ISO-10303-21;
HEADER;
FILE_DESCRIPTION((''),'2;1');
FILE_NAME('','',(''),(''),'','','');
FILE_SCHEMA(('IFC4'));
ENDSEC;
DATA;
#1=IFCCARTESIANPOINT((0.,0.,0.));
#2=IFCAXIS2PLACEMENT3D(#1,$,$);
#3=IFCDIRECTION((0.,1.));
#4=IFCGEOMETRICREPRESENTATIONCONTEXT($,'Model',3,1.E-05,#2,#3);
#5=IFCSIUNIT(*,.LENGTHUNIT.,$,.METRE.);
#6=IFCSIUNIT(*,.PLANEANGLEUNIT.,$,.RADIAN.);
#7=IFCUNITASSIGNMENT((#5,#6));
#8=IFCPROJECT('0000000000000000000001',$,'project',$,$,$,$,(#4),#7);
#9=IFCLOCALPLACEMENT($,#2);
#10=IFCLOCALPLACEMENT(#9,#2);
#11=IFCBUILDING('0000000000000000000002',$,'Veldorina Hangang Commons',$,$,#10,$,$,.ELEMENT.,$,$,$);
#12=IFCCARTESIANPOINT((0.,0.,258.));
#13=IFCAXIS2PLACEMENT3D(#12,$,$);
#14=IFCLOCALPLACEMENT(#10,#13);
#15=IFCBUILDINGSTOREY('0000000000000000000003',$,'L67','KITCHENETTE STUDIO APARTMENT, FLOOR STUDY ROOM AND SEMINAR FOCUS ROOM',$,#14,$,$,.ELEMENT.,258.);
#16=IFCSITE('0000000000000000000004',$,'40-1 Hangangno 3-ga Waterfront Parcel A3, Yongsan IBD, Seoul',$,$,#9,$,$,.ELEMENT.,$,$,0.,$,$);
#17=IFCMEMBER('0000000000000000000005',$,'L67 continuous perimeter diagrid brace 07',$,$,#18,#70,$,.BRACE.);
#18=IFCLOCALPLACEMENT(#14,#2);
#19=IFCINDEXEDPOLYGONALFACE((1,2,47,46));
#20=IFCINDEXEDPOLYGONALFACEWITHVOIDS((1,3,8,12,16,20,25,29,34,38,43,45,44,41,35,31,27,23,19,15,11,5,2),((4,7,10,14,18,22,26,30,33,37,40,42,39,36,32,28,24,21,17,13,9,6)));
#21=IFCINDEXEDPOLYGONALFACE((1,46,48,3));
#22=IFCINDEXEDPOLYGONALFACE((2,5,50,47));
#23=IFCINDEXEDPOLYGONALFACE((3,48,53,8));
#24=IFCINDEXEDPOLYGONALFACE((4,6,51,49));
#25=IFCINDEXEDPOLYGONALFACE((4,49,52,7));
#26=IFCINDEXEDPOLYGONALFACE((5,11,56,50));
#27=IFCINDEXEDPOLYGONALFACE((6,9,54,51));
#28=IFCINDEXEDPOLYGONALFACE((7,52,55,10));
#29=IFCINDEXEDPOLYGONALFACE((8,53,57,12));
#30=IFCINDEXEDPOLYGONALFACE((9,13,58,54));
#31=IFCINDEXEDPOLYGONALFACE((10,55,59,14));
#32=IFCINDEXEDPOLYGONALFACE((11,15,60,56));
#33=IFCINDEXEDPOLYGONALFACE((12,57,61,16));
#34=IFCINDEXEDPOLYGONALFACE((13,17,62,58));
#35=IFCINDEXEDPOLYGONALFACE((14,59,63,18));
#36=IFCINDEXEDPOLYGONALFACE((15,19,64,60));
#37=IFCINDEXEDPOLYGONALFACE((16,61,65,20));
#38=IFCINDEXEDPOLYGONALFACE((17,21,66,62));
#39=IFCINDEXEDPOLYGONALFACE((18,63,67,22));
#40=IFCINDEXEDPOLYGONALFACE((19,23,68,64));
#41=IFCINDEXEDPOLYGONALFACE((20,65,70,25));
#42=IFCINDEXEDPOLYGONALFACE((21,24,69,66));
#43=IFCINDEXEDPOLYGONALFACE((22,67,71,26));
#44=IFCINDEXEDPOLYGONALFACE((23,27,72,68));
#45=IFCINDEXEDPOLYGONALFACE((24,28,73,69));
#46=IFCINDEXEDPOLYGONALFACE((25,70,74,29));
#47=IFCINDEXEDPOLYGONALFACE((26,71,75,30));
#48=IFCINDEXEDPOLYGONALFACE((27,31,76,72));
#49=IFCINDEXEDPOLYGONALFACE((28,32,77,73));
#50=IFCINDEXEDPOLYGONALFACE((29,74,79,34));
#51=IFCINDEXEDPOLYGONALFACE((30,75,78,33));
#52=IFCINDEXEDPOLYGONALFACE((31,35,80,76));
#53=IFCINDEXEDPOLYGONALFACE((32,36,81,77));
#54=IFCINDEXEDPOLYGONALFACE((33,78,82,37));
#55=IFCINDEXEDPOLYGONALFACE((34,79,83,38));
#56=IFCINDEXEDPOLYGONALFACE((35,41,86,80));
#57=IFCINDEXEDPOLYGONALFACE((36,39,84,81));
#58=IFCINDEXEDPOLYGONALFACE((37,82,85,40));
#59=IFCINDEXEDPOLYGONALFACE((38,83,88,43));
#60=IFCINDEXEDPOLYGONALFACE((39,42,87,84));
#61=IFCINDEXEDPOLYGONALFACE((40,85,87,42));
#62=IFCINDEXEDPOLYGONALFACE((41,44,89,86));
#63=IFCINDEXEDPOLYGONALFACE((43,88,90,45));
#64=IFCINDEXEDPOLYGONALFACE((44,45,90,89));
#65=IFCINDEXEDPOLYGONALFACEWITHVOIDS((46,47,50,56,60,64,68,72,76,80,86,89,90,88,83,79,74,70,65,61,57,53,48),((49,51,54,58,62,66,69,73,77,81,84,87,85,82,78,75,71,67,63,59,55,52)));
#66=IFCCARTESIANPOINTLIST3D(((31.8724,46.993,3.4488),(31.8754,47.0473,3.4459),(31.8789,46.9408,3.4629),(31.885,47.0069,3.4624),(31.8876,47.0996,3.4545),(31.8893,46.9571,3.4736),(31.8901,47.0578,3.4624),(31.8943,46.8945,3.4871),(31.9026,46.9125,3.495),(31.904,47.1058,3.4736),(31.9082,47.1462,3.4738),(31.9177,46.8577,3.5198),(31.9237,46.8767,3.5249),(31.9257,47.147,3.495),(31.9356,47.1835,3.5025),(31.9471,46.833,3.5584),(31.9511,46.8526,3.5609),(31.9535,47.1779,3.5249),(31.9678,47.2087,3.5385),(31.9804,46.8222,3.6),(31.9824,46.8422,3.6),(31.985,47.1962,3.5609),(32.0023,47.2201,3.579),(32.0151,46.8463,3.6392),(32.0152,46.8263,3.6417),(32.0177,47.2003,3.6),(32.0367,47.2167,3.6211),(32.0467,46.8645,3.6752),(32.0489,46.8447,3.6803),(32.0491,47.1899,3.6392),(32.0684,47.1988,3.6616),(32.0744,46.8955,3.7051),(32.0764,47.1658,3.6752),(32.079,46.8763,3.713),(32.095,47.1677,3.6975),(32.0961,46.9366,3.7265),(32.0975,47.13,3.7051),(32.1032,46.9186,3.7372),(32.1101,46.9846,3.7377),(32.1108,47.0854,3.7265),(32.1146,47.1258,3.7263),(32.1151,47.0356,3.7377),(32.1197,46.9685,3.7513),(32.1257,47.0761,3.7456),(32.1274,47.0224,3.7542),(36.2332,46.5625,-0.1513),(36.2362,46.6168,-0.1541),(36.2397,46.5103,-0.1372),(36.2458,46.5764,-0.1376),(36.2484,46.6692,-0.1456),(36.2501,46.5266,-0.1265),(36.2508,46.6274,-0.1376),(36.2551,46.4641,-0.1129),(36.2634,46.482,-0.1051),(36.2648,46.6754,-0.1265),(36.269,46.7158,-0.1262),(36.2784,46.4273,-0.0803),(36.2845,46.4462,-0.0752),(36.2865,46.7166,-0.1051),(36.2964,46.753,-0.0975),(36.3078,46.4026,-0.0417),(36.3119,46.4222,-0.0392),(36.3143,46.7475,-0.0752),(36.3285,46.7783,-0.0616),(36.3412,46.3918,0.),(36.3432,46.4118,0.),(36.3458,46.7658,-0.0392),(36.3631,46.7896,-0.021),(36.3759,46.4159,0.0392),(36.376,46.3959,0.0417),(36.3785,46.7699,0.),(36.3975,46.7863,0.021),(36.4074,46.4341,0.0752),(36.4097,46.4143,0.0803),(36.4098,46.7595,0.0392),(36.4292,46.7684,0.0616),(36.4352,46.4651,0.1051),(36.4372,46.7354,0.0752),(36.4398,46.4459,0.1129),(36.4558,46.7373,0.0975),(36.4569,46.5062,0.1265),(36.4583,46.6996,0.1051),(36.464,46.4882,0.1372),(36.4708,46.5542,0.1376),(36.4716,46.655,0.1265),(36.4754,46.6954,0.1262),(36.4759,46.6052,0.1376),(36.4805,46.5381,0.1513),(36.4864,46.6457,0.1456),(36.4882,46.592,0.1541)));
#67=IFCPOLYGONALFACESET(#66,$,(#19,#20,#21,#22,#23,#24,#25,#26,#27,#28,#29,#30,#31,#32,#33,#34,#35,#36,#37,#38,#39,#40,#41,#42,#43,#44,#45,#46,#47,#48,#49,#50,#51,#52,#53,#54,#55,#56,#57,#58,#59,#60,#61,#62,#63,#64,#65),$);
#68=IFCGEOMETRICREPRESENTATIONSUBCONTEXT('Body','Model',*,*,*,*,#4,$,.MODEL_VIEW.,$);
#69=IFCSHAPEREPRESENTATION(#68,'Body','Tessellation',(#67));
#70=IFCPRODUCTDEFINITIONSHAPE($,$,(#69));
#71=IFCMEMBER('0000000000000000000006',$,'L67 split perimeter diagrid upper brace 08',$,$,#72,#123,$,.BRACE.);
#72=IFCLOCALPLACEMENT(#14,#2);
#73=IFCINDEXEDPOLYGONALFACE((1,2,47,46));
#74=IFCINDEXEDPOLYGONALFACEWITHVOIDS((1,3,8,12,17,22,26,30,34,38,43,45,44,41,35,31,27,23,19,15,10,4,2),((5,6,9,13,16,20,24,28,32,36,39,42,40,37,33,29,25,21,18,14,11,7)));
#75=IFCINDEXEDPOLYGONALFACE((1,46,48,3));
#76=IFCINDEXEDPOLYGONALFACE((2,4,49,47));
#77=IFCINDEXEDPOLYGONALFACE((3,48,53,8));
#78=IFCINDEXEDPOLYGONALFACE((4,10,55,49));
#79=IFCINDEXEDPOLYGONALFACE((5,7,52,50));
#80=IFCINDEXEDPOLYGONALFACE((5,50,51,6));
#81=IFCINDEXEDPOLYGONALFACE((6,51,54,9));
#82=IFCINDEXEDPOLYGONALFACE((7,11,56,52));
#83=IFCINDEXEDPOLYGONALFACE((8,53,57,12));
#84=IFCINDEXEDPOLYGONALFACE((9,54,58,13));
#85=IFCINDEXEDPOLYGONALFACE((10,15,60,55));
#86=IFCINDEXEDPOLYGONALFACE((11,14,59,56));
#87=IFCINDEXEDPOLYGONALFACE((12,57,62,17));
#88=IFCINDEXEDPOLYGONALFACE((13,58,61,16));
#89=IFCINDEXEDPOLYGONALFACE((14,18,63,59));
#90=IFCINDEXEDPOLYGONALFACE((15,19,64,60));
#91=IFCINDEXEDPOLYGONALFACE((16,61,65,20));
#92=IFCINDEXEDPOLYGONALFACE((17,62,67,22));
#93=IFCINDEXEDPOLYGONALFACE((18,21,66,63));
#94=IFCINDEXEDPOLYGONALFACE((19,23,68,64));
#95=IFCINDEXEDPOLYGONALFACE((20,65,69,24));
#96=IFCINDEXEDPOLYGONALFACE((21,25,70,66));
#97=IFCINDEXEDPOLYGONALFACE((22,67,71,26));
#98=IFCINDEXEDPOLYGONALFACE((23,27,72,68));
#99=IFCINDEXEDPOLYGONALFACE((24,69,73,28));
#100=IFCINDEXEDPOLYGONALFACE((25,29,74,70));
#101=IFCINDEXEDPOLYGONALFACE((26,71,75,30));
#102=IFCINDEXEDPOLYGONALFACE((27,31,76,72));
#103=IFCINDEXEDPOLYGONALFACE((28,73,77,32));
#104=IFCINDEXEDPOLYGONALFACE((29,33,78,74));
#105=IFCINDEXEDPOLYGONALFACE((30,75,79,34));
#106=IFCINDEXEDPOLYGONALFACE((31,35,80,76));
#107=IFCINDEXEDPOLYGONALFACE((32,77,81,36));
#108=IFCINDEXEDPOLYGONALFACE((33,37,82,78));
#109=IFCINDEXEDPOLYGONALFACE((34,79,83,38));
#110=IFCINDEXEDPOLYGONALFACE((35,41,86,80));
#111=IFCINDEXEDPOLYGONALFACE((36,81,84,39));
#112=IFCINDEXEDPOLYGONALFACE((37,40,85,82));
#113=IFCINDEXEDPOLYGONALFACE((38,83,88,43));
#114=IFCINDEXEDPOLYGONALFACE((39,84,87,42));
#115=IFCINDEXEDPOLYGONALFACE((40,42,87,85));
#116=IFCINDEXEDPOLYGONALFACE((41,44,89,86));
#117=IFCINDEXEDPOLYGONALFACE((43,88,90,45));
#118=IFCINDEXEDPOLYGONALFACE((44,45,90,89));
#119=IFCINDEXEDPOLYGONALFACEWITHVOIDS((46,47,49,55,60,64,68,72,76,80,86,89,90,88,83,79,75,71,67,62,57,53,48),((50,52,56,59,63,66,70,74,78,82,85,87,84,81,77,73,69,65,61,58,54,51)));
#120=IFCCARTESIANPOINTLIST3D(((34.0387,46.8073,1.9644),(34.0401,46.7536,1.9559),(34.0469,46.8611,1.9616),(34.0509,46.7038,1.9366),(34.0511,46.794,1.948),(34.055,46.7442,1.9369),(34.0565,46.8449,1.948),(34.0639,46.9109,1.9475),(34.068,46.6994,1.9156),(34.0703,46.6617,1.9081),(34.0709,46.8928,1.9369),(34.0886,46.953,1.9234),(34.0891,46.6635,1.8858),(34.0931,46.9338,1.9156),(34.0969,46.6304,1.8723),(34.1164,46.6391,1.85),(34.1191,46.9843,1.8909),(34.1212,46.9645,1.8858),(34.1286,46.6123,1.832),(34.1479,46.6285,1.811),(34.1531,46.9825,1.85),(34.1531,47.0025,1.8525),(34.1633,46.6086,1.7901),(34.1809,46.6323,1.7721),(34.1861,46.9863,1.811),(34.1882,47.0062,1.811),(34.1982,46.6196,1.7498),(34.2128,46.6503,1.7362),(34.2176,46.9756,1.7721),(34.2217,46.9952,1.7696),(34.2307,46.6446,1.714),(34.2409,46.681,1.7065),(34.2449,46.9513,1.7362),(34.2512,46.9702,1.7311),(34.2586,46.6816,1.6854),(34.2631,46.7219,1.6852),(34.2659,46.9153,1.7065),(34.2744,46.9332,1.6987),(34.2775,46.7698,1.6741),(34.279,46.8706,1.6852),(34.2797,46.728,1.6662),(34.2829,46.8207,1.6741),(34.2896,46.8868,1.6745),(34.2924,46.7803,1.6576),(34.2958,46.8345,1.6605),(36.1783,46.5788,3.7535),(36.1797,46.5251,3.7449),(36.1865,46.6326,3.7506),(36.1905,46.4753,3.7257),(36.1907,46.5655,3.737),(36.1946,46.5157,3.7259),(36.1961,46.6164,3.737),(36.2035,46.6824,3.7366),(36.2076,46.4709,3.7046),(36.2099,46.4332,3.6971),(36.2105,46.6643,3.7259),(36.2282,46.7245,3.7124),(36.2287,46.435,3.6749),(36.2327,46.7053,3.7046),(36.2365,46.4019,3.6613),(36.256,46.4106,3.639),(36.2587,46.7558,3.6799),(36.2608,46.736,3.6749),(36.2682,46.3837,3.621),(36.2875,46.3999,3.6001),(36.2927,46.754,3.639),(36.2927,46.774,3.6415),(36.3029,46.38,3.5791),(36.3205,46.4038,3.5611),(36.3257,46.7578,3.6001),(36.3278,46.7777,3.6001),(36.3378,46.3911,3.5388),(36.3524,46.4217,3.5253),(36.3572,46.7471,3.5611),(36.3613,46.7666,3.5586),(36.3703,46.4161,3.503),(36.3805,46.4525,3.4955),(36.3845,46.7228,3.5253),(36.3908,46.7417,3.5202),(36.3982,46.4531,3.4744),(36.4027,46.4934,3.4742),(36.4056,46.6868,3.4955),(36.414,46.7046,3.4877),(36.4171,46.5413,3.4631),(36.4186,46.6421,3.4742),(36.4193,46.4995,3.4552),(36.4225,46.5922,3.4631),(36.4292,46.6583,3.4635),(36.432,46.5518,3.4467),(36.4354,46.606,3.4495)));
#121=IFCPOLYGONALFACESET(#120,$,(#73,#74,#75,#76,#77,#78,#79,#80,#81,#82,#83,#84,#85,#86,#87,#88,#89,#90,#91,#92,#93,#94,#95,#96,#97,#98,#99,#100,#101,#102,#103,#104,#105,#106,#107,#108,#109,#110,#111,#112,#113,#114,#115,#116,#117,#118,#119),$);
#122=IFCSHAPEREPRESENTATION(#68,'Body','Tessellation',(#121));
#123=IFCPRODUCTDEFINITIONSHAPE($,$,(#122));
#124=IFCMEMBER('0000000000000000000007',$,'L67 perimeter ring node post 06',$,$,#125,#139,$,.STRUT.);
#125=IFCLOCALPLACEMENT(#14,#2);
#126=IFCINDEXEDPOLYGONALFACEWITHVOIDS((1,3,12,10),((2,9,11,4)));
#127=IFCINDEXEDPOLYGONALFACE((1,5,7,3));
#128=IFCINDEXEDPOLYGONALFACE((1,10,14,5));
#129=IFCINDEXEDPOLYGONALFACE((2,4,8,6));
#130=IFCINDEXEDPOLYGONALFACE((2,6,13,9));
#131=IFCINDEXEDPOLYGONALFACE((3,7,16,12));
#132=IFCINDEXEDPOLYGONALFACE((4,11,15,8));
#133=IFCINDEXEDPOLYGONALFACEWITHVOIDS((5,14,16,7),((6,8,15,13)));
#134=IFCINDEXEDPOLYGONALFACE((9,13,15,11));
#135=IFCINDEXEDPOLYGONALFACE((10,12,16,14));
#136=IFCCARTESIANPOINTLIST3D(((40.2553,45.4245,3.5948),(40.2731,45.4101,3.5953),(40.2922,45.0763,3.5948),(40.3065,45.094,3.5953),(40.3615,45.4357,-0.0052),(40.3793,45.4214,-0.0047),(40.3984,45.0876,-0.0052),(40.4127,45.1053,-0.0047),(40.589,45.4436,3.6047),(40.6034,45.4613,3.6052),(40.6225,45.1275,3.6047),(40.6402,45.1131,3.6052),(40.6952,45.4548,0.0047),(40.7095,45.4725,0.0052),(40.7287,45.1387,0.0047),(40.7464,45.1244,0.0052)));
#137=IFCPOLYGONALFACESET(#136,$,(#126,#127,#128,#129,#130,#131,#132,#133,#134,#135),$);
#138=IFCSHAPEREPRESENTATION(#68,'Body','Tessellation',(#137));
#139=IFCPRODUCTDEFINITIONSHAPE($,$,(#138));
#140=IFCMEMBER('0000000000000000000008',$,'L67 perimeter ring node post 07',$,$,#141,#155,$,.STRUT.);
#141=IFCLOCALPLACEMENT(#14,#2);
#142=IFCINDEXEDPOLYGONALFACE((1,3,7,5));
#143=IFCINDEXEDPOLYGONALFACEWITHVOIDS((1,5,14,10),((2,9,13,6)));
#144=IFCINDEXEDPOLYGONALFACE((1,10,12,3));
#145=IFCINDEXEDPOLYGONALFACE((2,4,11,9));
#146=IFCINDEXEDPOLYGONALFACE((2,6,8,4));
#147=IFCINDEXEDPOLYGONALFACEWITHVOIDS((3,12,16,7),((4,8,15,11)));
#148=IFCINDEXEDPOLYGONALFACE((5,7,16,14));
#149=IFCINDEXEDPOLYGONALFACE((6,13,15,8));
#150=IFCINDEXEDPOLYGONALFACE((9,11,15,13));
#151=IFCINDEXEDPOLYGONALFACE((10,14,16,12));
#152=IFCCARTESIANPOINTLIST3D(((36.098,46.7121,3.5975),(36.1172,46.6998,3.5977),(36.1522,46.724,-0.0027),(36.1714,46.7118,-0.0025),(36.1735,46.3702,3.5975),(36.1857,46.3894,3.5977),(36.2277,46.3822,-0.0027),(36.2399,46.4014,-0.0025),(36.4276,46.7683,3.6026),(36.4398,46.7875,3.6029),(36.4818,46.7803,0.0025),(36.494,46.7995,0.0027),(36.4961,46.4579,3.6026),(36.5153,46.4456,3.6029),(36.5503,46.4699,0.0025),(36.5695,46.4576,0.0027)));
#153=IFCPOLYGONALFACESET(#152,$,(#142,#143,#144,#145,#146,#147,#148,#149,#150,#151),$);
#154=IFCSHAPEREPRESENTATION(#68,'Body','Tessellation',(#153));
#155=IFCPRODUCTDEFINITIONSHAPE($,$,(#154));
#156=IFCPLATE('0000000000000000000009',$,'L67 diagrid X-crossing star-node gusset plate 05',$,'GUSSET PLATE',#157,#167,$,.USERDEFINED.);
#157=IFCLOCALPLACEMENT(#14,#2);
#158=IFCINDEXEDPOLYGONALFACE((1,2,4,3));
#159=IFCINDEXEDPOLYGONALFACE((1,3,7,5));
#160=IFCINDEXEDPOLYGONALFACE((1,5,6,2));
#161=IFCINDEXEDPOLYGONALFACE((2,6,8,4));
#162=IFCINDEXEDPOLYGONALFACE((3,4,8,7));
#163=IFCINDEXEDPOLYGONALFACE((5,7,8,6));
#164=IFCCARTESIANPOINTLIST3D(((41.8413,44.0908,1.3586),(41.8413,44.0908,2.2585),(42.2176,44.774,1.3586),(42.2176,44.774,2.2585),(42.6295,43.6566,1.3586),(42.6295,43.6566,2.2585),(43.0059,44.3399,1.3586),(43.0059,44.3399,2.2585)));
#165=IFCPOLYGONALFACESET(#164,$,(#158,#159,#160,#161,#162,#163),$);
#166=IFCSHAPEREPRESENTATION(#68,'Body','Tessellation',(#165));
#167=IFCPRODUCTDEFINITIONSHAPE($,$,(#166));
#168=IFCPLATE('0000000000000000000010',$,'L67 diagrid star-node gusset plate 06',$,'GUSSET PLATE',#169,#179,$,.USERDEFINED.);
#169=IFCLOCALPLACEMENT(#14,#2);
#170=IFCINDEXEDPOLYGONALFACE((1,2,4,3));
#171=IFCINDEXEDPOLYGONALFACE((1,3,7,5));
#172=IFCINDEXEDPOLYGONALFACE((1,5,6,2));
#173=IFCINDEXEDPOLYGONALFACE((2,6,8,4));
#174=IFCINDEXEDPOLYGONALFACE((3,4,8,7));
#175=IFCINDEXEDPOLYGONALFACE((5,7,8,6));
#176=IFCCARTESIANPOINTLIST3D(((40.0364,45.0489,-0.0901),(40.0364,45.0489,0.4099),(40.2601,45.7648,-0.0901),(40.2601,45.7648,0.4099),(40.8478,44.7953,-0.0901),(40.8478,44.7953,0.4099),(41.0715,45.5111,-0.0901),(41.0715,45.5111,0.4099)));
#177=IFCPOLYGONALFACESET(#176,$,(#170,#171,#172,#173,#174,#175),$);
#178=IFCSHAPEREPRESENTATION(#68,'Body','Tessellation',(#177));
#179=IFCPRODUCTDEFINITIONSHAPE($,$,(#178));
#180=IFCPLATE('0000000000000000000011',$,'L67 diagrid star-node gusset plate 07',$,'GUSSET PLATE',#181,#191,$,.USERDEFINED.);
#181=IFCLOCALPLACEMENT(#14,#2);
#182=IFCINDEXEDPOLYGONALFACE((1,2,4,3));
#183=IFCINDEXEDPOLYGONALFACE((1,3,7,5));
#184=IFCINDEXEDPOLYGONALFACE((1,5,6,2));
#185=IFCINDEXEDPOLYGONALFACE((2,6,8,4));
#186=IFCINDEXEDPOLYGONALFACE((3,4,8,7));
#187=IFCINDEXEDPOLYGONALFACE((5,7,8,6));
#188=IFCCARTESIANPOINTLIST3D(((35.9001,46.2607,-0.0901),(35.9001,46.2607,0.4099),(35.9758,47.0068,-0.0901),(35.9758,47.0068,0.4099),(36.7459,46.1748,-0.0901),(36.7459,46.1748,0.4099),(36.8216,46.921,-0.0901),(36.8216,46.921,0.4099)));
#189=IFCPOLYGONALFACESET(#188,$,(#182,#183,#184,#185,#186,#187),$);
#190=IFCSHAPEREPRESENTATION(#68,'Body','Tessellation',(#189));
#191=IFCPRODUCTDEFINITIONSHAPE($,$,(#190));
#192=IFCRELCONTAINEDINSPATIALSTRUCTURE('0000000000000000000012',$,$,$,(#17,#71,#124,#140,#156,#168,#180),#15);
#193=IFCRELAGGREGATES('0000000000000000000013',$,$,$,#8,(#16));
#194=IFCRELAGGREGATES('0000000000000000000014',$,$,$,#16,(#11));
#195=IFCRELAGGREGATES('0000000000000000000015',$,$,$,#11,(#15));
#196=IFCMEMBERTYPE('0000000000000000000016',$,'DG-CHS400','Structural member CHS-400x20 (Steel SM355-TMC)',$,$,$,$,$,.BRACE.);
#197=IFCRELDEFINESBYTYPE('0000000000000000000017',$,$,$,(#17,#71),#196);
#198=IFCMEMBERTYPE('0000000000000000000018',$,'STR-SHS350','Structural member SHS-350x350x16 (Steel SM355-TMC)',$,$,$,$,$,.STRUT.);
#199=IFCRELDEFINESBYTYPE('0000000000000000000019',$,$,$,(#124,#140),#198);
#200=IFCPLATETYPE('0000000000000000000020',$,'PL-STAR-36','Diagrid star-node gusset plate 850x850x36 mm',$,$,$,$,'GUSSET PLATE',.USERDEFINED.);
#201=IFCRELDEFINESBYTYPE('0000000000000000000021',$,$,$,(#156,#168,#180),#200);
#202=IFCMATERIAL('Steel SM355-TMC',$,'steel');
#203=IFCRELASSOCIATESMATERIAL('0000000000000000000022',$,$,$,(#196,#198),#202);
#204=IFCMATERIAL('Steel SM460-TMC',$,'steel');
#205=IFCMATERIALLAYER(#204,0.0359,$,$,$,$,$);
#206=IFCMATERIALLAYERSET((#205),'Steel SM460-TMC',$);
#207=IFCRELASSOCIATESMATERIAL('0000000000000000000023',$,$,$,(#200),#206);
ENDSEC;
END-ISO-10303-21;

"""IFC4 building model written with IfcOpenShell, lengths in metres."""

from ifc_helpers import new_model, si_unit, direction, frame, origin, origin_2d, place, context, subcontext, project, spatial, rectangle, hollow_rectangle, hollow_circle, extrude, material, layer, layer_set, material_profile, profile_set, type_object, element, save


model = new_model("IFC4")

# Units and contexts
model_context = context("Model", 3, precision=1e-05, world=origin(), true_north=direction((0.0, 1.0)))
body_context = subcontext(model_context, "Body", "Model", "MODEL_VIEW")
ifc_project = project(units=[si_unit("LENGTHUNIT", "METRE"), si_unit("PLANEANGLEUNIT", "RADIAN")], contexts=[model_context])

# Site, building, storey
site_placement = place(None, origin())
site = spatial("IfcSite", under=ifc_project, at=site_placement, Name="40-1 Hangangno 3-ga Waterfront Parcel A3, Yongsan IBD, Seoul", CompositionType="ELEMENT", RefElevation=0.0)
building_placement = place(site_placement, origin())
building = spatial("IfcBuilding", under=site, at=building_placement, Name="Veldorina Hangang Commons", CompositionType="ELEMENT")
storey_placement = place(building_placement, frame((0.0, 0.0, 258.0)))
storey = spatial("IfcBuildingStorey", under=building, at=storey_placement, Name="L67", Description="KITCHENETTE STUDIO APARTMENT, FLOOR STUDY ROOM AND SEMINAR FOCUS ROOM", CompositionType="ELEMENT", Elevation=258.0)

# Shared definitions
ifc_material_1 = material(Name="Steel SM355-TMC", Category="steel")

# Members
ifc_material_profile_1 = material_profile(ifc_material_1, hollow_circle(Radius=0.2, WallThickness=0.02, at=origin_2d()), Name="CHS-400x20")
ifc_profile_set_1 = profile_set([ifc_material_profile_1], Name="Steel SM355-TMC")
member_type_1 = type_object("IfcMemberType", Name="DG-CHS400", Description="Structural member CHS-400x20 (Steel SM355-TMC)", PredefinedType="BRACE", material=ifc_profile_set_1)
member_1_placement = place(storey_placement, frame((36.3608, 46.5908, 0.0), z_axis=(-0.76894, 0.075895, 0.6348), x_axis=(-0.098224, -0.995164, 0.0)))
element("IfcMember", 1, at=member_1_placement, inside=storey, type_object=member_type_1, Name="L67 continuous perimeter diagrid brace 07", PredefinedType="BRACE", context=body_context, shape_type="SweptSolid", body=[
    extrude(hollow_circle(Radius=0.2, WallThickness=0.02, at=origin_2d()), origin(), (0.0, 0.0, 1.0), 5.6711),
])
member_2_placement = place(storey_placement, frame((34.167, 46.8074, 1.811), z_axis=(0.764596, -0.081659, 0.639316), x_axis=(0.106197, 0.994345, 0.0)))
element("IfcMember", 2, at=member_2_placement, inside=storey, type_object=member_type_1, Name="L67 split perimeter diagrid upper brace 08", PredefinedType="BRACE", context=body_context, shape_type="SweptSolid", body=[
    extrude(hollow_circle(Radius=0.2, WallThickness=0.02, at=origin_2d()), origin(), (0.0, 0.0, 1.0), 2.7983),
])
ifc_material_profile_2 = material_profile(ifc_material_1, hollow_rectangle(XDim=0.3501, YDim=0.3501, WallThickness=0.0161, at=origin_2d()), Name="SHS-350x350x16")
ifc_profile_set_2 = profile_set([ifc_material_profile_2], Name="Steel SM355-TMC")
member_type_2 = type_object("IfcMemberType", Name="STR-SHS350", Description="Structural member SHS-350x350x16 (Steel SM355-TMC)", PredefinedType="STRUT", material=ifc_profile_set_2)
member_3_placement = place(storey_placement, frame((40.554, 45.28, 0.0), z_axis=(-0.029487, -0.003118, 0.99956), x_axis=(0.105161, -0.994455, 0.0)))
element("IfcMember", 3, at=member_3_placement, inside=storey, type_object=member_type_2, Name="L67 perimeter ring node post 06", PredefinedType="STRUT", context=body_context, shape_type="SweptSolid", body=[
    extrude(hollow_rectangle(XDim=0.3501, YDim=0.3501, WallThickness=0.0161, at=origin_2d()), origin(), (0.0, 0.0, 1.0), 3.6016),
])
member_4_placement = place(storey_placement, frame((36.3608, 46.5908, 0.0), z_axis=(-0.015053, -0.003323, 0.999881), x_axis=(0.215533, -0.976497, 0.0)))
element("IfcMember", 4, at=member_4_placement, inside=storey, type_object=member_type_2, Name="L67 perimeter ring node post 07", PredefinedType="STRUT", context=body_context, shape_type="SweptSolid", body=[
    extrude(hollow_rectangle(XDim=0.3501, YDim=0.3501, WallThickness=0.0161, at=origin_2d()), origin(), (0.0, 0.0, 1.0), 3.6006),
])

# Plates
ifc_material_2 = material(Name="Steel SM460-TMC", Category="steel")
ifc_layer_1 = layer(ifc_material_2, 0.0359)
ifc_layer_set_1 = layer_set([ifc_layer_1], Name="Steel SM460-TMC")
plate_type = type_object("IfcPlateType", Name="PL-STAR-36", Description="Diagrid star-node gusset plate 850x850x36 mm", ElementType="GUSSET PLATE", PredefinedType="USERDEFINED", material=ifc_layer_set_1)
plate_1_placement = place(storey_placement, frame((42.4236, 44.2153, 1.3586), z_axis=(0.0, 0.0, 1.0), x_axis=(-0.875928, 0.482442, 0.0)))
element("IfcPlate", 5, at=plate_1_placement, inside=storey, type_object=plate_type, Name="L67 diagrid X-crossing star-node gusset plate 05", ObjectType="GUSSET PLATE", PredefinedType="USERDEFINED", context=body_context, shape_type="SweptSolid", body=[
    extrude(rectangle(XDim=0.8999, YDim=0.78, at=origin_2d()), origin(), (0.0, 0.0, 1.0), 0.8999),
])
for number, where, z_axis, x_axis, name in (
    (6, (40.554, 45.28, -0.0901), (0.0, 0.0, 1.0), (-0.954459, 0.298341, 0.0), "L67 diagrid star-node gusset plate 06"),
    (7, (36.3608, 46.5908, -0.0901), (0.0, 0.0, 1.0), (-0.99489, 0.100969, 0.0), "L67 diagrid star-node gusset plate 07"),
):
    element("IfcPlate", number, at=place(storey_placement, frame(where, z_axis=z_axis, x_axis=x_axis)), inside=storey, type_object=plate_type, Name=name, ObjectType="GUSSET PLATE", PredefinedType="USERDEFINED", context=body_context, shape_type="SweptSolid", body=[
        extrude(rectangle(XDim=0.8501, YDim=0.75, at=origin_2d()), origin(), (0.0, 0.0, 1.0), 0.5),
    ])

save(model, "model.ifc")
